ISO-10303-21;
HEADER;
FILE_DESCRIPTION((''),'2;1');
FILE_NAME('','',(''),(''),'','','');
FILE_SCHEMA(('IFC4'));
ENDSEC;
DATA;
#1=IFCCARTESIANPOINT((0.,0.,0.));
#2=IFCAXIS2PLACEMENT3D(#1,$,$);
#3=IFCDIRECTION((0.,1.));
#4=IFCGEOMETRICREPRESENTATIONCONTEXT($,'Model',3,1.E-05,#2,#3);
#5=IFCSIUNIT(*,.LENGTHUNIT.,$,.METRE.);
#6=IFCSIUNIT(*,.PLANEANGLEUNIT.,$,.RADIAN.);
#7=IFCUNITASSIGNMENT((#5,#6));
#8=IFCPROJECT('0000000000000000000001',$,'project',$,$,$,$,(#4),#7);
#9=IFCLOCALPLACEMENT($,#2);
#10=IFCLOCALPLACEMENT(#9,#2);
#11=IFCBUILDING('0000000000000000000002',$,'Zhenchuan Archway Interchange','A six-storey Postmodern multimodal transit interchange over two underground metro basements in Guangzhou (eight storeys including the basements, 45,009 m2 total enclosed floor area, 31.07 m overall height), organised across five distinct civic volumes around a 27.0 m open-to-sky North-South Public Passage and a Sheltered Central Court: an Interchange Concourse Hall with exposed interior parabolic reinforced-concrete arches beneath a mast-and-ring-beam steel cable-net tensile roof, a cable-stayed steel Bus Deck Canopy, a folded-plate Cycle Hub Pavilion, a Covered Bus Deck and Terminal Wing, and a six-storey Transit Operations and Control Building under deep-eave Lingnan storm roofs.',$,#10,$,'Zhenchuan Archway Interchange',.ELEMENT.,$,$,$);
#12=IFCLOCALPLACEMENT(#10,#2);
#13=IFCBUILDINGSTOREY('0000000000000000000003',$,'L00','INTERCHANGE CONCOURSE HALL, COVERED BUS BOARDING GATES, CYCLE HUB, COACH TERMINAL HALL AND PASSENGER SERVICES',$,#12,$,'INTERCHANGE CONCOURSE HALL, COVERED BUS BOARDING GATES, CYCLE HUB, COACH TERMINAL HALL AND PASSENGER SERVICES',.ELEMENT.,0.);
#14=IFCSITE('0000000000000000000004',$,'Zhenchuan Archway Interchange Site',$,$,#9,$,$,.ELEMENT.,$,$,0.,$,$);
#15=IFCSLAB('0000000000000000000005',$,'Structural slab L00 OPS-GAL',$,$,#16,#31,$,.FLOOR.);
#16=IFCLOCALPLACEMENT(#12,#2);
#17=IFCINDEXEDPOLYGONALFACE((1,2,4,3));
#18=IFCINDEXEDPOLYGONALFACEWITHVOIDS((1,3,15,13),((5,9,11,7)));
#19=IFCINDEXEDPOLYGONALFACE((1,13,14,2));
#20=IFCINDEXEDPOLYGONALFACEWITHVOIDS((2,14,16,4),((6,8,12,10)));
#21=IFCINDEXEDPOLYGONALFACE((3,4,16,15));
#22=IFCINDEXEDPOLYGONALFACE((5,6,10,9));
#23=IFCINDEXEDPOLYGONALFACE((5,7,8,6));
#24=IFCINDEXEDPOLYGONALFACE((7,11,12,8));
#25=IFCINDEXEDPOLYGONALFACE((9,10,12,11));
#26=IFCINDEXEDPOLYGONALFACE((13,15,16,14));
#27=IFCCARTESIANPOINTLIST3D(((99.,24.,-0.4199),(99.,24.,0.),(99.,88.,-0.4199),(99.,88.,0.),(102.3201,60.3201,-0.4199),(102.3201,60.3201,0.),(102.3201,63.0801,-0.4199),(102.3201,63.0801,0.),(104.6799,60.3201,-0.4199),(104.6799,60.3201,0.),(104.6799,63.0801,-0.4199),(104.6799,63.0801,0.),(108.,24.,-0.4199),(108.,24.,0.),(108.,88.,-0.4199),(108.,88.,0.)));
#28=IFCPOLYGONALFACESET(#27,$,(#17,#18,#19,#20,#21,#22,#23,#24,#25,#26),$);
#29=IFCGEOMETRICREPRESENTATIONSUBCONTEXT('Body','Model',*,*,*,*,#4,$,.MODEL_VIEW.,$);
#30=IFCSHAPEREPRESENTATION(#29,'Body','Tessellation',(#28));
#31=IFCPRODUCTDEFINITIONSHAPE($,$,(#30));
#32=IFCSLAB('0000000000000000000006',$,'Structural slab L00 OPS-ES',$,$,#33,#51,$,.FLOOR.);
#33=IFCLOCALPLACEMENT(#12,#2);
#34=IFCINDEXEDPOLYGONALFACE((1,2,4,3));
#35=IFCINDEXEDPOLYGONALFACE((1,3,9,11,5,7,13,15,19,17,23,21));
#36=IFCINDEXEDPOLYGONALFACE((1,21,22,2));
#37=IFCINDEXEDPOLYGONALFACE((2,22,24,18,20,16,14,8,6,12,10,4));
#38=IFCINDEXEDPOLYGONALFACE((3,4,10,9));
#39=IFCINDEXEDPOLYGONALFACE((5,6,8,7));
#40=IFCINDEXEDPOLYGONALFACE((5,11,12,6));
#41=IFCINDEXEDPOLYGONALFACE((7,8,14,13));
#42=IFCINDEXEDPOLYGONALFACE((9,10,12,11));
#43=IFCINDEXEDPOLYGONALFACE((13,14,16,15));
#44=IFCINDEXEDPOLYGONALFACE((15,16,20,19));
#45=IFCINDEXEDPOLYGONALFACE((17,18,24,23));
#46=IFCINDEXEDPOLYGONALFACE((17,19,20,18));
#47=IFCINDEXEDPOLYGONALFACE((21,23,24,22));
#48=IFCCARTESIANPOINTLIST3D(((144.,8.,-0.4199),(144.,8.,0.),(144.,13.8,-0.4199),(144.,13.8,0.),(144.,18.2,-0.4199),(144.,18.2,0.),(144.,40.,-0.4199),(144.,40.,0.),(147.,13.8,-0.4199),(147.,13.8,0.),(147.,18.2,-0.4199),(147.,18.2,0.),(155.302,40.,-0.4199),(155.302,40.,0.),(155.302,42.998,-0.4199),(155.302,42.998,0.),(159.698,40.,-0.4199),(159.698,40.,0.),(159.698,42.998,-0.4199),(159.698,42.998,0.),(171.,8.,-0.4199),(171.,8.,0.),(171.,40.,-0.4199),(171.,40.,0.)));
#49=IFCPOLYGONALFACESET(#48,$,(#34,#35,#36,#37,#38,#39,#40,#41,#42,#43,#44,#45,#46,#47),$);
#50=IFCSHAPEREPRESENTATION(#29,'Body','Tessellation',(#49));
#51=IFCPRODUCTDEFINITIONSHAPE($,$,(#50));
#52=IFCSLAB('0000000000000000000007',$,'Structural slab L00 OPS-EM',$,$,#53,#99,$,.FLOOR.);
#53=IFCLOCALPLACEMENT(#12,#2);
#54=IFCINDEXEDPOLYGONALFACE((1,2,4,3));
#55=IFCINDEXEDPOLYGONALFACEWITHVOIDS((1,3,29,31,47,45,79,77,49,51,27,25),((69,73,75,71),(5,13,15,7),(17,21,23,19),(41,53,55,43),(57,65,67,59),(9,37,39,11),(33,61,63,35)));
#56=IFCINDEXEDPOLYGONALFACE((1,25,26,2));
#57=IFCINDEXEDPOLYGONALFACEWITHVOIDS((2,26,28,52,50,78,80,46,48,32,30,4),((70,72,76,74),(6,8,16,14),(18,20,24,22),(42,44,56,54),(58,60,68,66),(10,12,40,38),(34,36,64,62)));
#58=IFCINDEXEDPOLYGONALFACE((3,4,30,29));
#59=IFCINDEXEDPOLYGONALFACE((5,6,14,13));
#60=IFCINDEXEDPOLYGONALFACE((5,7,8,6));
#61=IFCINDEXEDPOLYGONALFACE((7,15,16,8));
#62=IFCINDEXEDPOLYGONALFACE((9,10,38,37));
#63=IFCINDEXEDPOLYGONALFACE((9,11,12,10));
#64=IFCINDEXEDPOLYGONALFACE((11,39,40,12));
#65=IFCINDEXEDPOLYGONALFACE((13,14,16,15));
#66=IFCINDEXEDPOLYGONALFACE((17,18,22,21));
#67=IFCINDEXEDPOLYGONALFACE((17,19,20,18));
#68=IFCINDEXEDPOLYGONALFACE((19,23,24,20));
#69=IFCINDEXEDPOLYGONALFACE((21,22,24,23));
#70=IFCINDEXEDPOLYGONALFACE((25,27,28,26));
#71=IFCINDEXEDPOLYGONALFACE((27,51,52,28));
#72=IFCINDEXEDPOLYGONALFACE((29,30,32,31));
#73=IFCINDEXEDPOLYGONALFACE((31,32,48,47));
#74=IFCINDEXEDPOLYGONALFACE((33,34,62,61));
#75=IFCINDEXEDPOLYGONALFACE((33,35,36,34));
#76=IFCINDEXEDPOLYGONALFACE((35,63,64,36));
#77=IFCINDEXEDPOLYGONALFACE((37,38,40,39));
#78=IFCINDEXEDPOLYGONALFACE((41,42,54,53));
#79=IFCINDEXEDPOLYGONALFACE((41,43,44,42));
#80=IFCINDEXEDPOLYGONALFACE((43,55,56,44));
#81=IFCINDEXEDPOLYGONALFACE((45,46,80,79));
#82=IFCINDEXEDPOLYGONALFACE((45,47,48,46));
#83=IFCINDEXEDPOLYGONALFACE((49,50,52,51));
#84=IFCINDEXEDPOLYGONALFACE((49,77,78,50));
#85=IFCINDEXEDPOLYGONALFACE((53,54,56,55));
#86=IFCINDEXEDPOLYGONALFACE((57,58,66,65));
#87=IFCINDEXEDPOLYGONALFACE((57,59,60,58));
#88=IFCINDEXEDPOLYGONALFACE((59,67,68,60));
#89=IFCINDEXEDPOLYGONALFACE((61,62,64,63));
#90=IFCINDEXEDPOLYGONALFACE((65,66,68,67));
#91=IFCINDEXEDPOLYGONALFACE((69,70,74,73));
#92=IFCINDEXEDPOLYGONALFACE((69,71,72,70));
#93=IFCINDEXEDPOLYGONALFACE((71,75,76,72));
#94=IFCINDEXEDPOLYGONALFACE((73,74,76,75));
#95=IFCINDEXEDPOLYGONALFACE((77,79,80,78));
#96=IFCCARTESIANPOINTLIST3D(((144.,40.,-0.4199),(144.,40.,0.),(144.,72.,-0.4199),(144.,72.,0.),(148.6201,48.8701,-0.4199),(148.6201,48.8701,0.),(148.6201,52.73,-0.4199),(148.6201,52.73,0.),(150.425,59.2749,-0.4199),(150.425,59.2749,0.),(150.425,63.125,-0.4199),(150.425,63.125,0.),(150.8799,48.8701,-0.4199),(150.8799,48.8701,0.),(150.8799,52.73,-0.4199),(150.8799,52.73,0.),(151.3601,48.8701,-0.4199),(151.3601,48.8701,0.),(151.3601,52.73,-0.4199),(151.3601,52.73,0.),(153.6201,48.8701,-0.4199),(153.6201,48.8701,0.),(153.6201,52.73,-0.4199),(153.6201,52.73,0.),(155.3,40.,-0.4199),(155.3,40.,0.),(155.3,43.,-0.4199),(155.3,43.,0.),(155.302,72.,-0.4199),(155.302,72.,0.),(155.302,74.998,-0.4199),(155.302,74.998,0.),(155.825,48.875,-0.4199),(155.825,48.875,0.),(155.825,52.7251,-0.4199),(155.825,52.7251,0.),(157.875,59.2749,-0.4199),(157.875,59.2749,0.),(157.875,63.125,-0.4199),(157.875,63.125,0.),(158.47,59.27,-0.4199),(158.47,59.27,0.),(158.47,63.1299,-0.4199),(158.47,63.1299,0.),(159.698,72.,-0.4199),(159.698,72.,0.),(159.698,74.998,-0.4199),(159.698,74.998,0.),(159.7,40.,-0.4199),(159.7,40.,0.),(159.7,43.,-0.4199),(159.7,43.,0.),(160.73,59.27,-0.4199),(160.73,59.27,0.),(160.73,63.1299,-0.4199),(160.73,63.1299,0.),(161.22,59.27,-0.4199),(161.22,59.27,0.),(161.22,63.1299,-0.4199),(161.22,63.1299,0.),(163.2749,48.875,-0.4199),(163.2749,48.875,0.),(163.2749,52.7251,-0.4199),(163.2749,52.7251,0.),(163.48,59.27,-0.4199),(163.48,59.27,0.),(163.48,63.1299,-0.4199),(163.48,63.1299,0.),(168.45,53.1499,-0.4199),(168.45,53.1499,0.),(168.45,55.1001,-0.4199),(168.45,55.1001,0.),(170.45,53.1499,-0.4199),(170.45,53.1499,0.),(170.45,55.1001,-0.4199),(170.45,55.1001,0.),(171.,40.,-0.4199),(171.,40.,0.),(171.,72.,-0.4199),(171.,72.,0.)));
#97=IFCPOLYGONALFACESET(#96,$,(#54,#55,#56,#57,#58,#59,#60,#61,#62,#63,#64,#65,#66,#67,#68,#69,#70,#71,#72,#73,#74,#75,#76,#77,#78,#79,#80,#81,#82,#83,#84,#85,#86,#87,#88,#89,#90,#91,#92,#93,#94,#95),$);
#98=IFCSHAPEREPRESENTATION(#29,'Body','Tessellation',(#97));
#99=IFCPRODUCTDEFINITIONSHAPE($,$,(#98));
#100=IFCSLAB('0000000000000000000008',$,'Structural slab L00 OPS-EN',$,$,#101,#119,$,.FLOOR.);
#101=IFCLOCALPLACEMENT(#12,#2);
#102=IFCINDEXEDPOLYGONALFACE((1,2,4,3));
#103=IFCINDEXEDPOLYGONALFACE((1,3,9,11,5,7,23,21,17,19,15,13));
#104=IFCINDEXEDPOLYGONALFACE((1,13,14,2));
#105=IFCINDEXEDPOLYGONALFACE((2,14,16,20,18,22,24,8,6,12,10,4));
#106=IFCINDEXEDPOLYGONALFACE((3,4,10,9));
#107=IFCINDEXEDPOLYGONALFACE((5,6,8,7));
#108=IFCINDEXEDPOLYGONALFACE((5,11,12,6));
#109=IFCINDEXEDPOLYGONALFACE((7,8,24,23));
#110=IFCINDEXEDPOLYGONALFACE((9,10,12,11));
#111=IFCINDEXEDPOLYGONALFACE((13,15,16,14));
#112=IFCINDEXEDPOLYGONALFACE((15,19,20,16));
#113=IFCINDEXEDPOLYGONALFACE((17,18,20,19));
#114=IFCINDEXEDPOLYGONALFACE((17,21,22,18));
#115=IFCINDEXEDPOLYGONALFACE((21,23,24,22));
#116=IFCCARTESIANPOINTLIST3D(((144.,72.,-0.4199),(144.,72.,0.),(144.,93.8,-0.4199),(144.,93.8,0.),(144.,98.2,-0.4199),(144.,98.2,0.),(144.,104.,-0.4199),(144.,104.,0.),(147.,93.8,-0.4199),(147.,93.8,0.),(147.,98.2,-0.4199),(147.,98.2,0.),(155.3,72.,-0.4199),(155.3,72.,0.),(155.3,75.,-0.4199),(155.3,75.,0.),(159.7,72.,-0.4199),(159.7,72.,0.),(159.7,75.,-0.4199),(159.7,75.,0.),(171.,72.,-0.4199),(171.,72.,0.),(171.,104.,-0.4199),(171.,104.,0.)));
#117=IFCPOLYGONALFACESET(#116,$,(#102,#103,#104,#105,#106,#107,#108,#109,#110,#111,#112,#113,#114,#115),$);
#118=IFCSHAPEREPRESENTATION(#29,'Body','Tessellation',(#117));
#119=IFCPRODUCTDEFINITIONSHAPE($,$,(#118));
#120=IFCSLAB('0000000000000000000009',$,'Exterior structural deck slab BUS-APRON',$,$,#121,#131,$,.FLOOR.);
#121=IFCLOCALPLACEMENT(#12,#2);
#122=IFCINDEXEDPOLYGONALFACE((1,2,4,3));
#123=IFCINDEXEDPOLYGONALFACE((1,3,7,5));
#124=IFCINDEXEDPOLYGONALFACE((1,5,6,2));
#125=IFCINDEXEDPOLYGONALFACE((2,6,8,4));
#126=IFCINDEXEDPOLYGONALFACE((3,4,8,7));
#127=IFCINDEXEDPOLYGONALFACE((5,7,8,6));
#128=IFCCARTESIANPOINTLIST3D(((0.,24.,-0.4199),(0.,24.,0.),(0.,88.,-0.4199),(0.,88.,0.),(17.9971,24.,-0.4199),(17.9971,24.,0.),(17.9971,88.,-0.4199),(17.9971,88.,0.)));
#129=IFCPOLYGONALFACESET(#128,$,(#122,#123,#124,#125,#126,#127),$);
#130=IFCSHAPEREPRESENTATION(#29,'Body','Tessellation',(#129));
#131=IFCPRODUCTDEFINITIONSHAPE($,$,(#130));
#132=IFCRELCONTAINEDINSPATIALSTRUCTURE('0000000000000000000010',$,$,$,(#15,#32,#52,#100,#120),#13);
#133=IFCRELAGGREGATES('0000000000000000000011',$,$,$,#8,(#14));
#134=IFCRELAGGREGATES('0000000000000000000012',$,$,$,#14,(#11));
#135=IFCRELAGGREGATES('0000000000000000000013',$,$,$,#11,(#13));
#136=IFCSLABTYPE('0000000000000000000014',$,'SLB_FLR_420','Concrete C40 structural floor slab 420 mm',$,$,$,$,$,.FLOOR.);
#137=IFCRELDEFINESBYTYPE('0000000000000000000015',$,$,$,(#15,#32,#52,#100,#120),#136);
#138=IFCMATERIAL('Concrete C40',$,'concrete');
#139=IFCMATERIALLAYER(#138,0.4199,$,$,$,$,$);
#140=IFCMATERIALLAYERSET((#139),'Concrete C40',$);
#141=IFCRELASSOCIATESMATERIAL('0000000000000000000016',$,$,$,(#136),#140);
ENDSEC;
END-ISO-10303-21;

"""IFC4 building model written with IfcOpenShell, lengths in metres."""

from ifc_helpers import new_model, si_unit, direction, frame, origin, place, context, subcontext, project, spatial, polyline, outline, extrude, material, layer, layer_set, type_object, element, save


model = new_model("IFC4")

# Units and contexts
model_context = context("Model", 3, precision=1e-05, world=origin(), true_north=direction((0.0, 1.0)))
body_context = subcontext(model_context, "Body", "Model", "MODEL_VIEW")
ifc_project = project(units=[si_unit("LENGTHUNIT", "METRE"), si_unit("PLANEANGLEUNIT", "RADIAN")], contexts=[model_context])

# Site, building, storey
site_placement = place(None, origin())
site = spatial("IfcSite", under=ifc_project, at=site_placement, Name="Zhenchuan Archway Interchange Site", CompositionType="ELEMENT", RefElevation=0.0)
building_placement = place(site_placement, origin())
building = spatial("IfcBuilding", under=site, at=building_placement, Name="Zhenchuan Archway Interchange", Description="A six-storey Postmodern multimodal transit interchange over two underground metro basements in Guangzhou (eight storeys including the basements, 45,009 m2 total enclosed floor area, 31.07 m overall height), organised across five distinct civic volumes around a 27.0 m open-to-sky North-South Public Passage and a Sheltered Central Court: an Interchange Concourse Hall with exposed interior parabolic reinforced-concrete arches beneath a mast-and-ring-beam steel cable-net tensile roof, a cable-stayed steel Bus Deck Canopy, a folded-plate Cycle Hub Pavilion, a Covered Bus Deck and Terminal Wing, and a six-storey Transit Operations and Control Building under deep-eave Lingnan storm roofs.", LongName="Zhenchuan Archway Interchange", CompositionType="ELEMENT")
storey_placement = place(building_placement, origin())
storey = spatial("IfcBuildingStorey", under=building, at=storey_placement, Name="L00", Description="INTERCHANGE CONCOURSE HALL, COVERED BUS BOARDING GATES, CYCLE HUB, COACH TERMINAL HALL AND PASSENGER SERVICES", LongName="INTERCHANGE CONCOURSE HALL, COVERED BUS BOARDING GATES, CYCLE HUB, COACH TERMINAL HALL AND PASSENGER SERVICES", CompositionType="ELEMENT", Elevation=0.0)

# Slabs
ifc_material = material(Name="Concrete C40", Category="concrete")
ifc_layer = layer(ifc_material, 0.4199)
ifc_layer_set = layer_set([ifc_layer], Name="Concrete C40")
slab_type = type_object("IfcSlabType", Name="SLB_FLR_420", Description="Concrete C40 structural floor slab 420 mm", PredefinedType="FLOOR", material=ifc_layer_set)
slab_1_placement = place(storey_placement, frame((0.0, 0.0, -0.4199)))
element("IfcSlab", 1, at=slab_1_placement, inside=storey, type_object=slab_type, Name="Structural slab L00 OPS-GAL", PredefinedType="FLOOR", context=body_context, shape_type="SweptSolid", body=[
    extrude(outline(polyline([(99.0, 24.0), (99.0, 88.0), (108.0, 88.0), (108.0, 24.0), (99.0, 24.0)]), holes=[polyline([(104.6799, 60.3201), (104.6799, 63.0801), (102.3201, 63.0801), (102.3201, 60.3201), (104.6799, 60.3201)])]), origin(), (0.0, 0.0, 1.0), 0.4199),
])
slab_2_placement = place(storey_placement, frame((0.0, 0.0, -0.4199)))
element("IfcSlab", 2, at=slab_2_placement, inside=storey, type_object=slab_type, Name="Structural slab L00 OPS-ES", PredefinedType="FLOOR", context=body_context, shape_type="SweptSolid", body=[
    extrude(outline(polyline([(155.302, 40.0), (155.302, 42.998), (159.698, 42.998), (159.698, 40.0), (171.0, 40.0), (171.0, 8.0), (144.0, 8.0), (144.0, 13.8), (147.0, 13.8), (147.0, 18.2), (144.0, 18.2), (144.0, 40.0), (155.302, 40.0)])), origin(), (0.0, 0.0, 1.0), 0.4199),
])
slab_3_placement = place(storey_placement, frame((0.0, 0.0, -0.4199)))
element("IfcSlab", 3, at=slab_3_placement, inside=storey, type_object=slab_type, Name="Structural slab L00 OPS-EM", PredefinedType="FLOOR", context=body_context, shape_type="SweptSolid", body=[
    extrude(outline(polyline([(159.7, 40.0), (159.7, 43.0), (155.3, 43.0), (155.3, 40.0), (144.0, 40.0), (144.0, 72.0), (155.302, 72.0), (155.302, 74.998), (159.698, 74.998), (159.698, 72.0), (171.0, 72.0), (171.0, 40.0), (159.7, 40.0)]), holes=[polyline([(150.425, 63.125), (150.425, 59.2749), (157.875, 59.2749), (157.875, 63.125), (150.425, 63.125)]), polyline([(163.2749, 52.7251), (155.825, 52.7251), (155.825, 48.875), (163.2749, 48.875), (163.2749, 52.7251)]), polyline([(160.73, 59.27), (160.73, 63.1299), (158.47, 63.1299), (158.47, 59.27), (160.73, 59.27)]), polyline([(161.22, 59.27), (163.48, 59.27), (163.48, 63.1299), (161.22, 63.1299), (161.22, 59.27)]), polyline([(148.6201, 52.73), (148.6201, 48.8701), (150.8799, 48.8701), (150.8799, 52.73), (148.6201, 52.73)]), polyline([(153.6201, 52.73), (151.3601, 52.73), (151.3601, 48.8701), (153.6201, 48.8701), (153.6201, 52.73)]), polyline([(170.45, 53.1499), (170.45, 55.1001), (168.45, 55.1001), (168.45, 53.1499), (170.45, 53.1499)])]), origin(), (0.0, 0.0, 1.0), 0.4199),
])
slab_4_placement = place(storey_placement, frame((0.0, 0.0, -0.4199)))
element("IfcSlab", 4, at=slab_4_placement, inside=storey, type_object=slab_type, Name="Structural slab L00 OPS-EN", PredefinedType="FLOOR", context=body_context, shape_type="SweptSolid", body=[
    extrude(outline(polyline([(171.0, 104.0), (171.0, 72.0), (159.7, 72.0), (159.7, 75.0), (155.3, 75.0), (155.3, 72.0), (144.0, 72.0), (144.0, 93.8), (147.0, 93.8), (147.0, 98.2), (144.0, 98.2), (144.0, 104.0), (171.0, 104.0)])), origin(), (0.0, 0.0, 1.0), 0.4199),
])
slab_5_placement = place(storey_placement, frame((0.0, 0.0, -0.4199)))
element("IfcSlab", 5, at=slab_5_placement, inside=storey, type_object=slab_type, Name="Exterior structural deck slab BUS-APRON", PredefinedType="FLOOR", context=body_context, shape_type="SweptSolid", body=[
    extrude(outline(polyline([(0.0, 24.0), (0.0, 88.0), (17.9971, 88.0), (17.9971, 24.0), (0.0, 24.0)])), origin(), (0.0, 0.0, 1.0), 0.4199),
])

save(model, "model.ifc")
